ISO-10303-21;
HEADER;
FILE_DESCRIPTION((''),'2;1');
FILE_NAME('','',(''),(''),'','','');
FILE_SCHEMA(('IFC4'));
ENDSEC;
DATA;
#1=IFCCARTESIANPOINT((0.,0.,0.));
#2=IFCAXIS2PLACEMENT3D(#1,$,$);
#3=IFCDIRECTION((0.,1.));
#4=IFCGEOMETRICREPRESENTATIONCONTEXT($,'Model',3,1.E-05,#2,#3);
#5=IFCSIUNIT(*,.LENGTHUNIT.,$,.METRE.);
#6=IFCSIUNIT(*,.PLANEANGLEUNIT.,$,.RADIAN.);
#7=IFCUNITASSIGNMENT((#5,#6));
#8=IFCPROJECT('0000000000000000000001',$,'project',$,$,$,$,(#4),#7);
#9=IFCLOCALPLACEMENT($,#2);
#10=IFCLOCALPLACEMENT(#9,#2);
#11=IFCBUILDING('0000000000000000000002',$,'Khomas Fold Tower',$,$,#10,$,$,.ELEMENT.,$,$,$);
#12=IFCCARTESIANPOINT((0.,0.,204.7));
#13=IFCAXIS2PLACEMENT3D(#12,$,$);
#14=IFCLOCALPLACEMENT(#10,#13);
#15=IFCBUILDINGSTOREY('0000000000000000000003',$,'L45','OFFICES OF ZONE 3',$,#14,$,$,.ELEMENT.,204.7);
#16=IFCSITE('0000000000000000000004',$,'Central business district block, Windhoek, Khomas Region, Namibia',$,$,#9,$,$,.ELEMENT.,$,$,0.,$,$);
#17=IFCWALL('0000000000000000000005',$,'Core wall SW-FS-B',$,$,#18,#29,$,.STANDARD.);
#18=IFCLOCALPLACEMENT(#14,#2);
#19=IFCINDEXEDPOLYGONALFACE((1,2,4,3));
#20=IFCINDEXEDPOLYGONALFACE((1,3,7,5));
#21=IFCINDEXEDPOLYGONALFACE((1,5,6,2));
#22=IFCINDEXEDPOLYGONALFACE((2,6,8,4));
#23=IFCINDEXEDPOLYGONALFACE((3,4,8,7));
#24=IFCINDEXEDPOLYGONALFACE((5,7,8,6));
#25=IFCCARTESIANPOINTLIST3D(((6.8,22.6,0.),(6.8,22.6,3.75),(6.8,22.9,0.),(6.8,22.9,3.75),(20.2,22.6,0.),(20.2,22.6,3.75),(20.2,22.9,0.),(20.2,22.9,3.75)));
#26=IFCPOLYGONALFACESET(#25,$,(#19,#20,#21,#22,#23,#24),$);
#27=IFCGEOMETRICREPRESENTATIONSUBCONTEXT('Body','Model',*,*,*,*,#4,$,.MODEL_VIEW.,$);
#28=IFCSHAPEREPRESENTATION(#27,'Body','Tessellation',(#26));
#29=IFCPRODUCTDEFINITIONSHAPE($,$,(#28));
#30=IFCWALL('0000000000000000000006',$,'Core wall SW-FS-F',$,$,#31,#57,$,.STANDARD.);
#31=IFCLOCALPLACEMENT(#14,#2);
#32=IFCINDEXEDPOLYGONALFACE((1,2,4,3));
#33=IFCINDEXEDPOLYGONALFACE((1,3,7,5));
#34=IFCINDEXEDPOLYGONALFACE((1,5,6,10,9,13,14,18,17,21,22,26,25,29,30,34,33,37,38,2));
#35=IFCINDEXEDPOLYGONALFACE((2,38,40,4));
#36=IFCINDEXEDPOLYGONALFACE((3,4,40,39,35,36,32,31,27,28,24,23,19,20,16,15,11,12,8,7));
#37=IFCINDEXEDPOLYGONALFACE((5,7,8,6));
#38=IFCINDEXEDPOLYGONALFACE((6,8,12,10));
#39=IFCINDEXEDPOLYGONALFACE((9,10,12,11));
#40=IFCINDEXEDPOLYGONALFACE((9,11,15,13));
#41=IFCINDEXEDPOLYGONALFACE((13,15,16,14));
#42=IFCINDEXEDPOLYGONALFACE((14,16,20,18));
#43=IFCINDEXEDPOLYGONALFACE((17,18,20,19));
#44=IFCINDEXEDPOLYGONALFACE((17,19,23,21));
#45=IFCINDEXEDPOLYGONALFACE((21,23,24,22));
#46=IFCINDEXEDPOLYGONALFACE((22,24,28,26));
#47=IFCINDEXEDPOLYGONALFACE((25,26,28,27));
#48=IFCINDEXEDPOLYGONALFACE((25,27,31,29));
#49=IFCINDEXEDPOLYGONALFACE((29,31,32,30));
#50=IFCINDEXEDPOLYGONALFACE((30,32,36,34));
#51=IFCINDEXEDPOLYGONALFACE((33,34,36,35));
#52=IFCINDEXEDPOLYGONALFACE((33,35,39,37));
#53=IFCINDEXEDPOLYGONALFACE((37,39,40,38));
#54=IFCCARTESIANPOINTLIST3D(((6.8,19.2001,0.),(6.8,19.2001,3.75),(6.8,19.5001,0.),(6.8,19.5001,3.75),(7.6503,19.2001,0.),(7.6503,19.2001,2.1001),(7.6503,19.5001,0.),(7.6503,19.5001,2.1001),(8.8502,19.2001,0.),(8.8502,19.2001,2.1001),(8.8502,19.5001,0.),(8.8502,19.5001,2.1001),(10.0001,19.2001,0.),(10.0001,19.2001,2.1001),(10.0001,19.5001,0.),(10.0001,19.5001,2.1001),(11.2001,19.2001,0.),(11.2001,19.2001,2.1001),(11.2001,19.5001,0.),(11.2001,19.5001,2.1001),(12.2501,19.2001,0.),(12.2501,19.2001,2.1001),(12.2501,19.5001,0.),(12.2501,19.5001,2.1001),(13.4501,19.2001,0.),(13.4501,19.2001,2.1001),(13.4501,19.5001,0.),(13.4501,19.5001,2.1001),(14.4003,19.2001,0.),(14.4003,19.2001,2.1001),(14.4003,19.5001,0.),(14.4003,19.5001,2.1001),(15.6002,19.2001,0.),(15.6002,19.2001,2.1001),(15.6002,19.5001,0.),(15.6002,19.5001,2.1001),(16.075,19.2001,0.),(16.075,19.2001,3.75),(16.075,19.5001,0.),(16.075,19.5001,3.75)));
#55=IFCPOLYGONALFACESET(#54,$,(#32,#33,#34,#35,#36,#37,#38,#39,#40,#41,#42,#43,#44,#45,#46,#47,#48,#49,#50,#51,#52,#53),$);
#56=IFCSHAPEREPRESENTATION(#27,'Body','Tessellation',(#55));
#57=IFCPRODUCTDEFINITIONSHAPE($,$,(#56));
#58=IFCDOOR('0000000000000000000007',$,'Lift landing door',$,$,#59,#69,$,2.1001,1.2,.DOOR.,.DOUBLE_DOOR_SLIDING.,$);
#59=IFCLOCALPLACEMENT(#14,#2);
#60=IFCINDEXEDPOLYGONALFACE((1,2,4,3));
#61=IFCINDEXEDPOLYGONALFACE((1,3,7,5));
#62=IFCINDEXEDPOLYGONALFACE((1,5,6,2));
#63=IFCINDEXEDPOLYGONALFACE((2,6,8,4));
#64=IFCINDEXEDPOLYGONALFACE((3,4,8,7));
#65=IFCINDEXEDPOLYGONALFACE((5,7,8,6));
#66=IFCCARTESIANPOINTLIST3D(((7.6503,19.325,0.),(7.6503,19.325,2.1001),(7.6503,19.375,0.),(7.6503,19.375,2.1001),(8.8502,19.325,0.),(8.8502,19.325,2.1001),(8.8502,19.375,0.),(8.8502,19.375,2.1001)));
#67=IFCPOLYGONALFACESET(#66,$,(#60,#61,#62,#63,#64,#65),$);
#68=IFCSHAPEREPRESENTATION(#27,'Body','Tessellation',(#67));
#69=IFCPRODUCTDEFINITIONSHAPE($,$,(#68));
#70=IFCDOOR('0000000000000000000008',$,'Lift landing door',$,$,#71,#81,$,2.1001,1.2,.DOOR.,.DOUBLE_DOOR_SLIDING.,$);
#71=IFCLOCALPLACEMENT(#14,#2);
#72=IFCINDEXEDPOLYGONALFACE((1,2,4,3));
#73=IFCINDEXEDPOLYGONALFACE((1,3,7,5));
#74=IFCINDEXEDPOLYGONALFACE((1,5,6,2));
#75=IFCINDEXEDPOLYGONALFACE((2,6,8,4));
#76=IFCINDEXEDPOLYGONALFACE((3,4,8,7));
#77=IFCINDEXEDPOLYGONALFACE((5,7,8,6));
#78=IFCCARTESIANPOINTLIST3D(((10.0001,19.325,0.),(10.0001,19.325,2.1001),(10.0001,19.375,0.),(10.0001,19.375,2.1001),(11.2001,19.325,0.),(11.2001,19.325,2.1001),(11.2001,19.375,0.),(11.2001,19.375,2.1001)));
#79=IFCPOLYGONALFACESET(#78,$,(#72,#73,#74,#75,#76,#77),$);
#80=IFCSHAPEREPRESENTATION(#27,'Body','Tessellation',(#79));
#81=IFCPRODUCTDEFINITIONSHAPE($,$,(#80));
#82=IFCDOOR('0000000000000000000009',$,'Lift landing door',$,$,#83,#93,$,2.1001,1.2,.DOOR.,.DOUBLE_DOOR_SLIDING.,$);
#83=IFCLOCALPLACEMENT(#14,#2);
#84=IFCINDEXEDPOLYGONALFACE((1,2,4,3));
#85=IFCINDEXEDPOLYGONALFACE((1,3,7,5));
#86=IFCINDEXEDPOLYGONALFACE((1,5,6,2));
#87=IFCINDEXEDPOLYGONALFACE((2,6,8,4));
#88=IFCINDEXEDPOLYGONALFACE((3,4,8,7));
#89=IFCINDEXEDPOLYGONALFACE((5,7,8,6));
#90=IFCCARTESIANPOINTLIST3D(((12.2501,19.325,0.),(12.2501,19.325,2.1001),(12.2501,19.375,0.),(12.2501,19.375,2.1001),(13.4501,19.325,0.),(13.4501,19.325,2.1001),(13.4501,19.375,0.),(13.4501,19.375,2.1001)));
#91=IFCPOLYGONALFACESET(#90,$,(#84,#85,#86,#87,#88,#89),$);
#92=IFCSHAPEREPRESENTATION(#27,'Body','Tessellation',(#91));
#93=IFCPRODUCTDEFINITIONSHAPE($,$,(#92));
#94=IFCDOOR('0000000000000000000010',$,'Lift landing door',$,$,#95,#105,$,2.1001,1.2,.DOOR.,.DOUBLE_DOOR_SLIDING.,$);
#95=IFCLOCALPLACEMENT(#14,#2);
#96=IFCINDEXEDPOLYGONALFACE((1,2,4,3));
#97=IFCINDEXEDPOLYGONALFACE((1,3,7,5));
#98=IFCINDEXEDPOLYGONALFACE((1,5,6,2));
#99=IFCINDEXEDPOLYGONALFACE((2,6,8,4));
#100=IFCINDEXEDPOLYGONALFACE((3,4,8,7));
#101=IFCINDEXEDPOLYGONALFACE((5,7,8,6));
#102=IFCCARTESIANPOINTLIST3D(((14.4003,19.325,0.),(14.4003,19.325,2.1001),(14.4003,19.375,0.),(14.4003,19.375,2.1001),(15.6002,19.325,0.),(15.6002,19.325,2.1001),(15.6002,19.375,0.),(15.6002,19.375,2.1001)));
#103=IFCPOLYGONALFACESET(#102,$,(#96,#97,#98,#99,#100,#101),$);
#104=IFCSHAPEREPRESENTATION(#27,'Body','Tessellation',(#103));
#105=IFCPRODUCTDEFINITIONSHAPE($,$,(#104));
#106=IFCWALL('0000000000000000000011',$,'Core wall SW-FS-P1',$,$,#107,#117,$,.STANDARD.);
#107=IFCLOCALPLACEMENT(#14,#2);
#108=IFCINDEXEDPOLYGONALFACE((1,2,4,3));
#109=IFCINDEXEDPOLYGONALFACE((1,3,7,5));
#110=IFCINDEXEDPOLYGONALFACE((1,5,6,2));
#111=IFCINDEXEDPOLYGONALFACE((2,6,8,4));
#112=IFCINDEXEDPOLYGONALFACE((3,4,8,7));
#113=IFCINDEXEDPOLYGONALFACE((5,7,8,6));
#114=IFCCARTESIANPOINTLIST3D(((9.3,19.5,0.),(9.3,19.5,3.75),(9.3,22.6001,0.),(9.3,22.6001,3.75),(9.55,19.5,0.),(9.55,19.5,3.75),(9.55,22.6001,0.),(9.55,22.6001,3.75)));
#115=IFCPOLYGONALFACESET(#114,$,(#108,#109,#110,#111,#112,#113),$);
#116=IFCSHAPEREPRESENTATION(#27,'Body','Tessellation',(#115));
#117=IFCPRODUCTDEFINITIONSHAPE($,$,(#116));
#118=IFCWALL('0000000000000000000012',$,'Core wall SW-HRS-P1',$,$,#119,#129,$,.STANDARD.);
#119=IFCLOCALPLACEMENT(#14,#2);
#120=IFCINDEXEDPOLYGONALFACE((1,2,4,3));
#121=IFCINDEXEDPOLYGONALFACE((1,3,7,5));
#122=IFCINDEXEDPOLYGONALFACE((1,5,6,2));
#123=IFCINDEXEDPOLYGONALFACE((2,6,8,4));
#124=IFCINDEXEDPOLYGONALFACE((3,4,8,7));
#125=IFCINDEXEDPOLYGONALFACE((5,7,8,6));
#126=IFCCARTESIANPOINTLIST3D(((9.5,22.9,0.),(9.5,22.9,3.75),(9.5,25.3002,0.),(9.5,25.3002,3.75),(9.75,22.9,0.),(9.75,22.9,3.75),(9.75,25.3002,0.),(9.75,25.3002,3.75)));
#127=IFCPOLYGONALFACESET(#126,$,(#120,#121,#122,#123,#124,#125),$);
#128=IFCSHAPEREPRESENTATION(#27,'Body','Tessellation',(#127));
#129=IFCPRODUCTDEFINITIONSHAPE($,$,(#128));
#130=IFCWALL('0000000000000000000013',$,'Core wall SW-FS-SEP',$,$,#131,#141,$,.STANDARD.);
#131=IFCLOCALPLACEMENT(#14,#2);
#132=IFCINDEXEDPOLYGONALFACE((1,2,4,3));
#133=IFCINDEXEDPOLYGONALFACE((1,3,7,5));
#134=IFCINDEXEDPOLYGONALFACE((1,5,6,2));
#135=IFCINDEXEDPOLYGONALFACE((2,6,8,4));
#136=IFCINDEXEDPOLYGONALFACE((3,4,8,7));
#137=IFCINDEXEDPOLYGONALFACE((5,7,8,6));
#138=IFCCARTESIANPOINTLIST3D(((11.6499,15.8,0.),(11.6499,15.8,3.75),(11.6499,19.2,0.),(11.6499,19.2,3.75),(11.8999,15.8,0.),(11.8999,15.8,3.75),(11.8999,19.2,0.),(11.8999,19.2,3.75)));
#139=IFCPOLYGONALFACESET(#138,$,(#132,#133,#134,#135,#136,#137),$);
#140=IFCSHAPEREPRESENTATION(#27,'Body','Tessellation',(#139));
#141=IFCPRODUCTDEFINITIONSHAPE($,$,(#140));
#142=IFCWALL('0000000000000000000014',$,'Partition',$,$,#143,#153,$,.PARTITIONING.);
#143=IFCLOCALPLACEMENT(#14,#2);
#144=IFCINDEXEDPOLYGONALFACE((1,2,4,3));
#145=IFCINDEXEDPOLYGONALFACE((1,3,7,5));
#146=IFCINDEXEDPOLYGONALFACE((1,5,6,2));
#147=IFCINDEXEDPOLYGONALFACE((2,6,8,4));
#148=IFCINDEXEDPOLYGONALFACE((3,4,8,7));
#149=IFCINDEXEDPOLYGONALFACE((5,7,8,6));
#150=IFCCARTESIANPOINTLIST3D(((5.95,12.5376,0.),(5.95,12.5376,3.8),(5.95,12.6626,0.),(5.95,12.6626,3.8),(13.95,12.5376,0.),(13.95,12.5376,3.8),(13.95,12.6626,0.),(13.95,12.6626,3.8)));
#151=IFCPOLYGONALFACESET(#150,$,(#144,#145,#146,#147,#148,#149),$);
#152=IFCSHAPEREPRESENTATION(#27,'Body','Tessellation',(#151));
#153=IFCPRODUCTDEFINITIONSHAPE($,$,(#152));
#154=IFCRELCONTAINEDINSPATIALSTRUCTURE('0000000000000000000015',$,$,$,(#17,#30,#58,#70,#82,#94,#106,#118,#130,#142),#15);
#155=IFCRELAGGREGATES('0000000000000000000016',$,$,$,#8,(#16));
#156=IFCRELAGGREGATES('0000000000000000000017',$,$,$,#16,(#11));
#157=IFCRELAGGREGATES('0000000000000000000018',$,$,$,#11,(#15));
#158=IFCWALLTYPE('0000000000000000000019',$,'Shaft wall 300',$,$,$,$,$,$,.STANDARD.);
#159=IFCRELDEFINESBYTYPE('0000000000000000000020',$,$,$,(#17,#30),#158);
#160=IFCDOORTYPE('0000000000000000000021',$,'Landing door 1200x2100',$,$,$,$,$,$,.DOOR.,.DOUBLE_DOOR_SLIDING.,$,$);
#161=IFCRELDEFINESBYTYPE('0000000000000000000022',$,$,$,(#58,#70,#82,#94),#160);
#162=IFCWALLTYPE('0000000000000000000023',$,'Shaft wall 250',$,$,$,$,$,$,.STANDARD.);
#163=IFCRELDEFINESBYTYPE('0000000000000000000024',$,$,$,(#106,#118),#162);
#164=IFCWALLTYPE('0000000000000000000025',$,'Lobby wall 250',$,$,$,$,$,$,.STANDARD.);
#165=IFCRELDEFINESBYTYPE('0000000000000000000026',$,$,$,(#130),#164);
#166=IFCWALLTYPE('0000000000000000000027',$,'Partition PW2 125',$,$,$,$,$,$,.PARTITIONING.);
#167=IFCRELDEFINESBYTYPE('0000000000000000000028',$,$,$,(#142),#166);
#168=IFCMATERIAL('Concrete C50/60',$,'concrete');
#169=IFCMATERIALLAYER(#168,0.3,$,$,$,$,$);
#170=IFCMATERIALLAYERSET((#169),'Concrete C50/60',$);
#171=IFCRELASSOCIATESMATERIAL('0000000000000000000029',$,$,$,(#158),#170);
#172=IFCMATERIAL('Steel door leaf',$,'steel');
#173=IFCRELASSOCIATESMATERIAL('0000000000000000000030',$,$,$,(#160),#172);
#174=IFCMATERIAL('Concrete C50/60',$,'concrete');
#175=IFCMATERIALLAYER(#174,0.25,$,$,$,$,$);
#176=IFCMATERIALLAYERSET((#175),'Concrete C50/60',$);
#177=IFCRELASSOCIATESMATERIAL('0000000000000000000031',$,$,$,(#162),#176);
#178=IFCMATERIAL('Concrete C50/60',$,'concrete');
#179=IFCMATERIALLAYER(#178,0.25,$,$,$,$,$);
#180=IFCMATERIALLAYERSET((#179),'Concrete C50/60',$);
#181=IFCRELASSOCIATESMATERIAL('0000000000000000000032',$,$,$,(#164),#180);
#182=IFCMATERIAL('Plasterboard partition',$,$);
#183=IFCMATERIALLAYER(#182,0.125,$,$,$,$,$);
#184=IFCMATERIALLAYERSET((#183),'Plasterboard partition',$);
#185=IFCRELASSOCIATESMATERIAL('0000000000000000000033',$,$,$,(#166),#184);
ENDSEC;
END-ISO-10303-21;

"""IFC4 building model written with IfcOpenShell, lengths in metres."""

from ifc_helpers import new_model, si_unit, direction, frame, frame_2d, origin, place, context, subcontext, project, spatial, rectangle, extrude, source, transform, mapped, material, layer, layer_set, type_object, element, fill, save


model = new_model("IFC4")

# Units and contexts
model_context = context("Model", 3, precision=1e-05, world=origin(), true_north=direction((0.0, 1.0)))
body_context = subcontext(model_context, "Body", "Model", "MODEL_VIEW")
ifc_project = project(units=[si_unit("LENGTHUNIT", "METRE"), si_unit("PLANEANGLEUNIT", "RADIAN")], contexts=[model_context])

# Site, building, storey
site_placement = place(None, origin())
site = spatial("IfcSite", under=ifc_project, at=site_placement, Name="Central business district block, Windhoek, Khomas Region, Namibia", CompositionType="ELEMENT", RefElevation=0.0)
building_placement = place(site_placement, origin())
building = spatial("IfcBuilding", under=site, at=building_placement, Name="Khomas Fold Tower", CompositionType="ELEMENT")
storey_placement = place(building_placement, frame((0.0, 0.0, 204.7)))
storey = spatial("IfcBuildingStorey", under=building, at=storey_placement, Name="L45", Description="OFFICES OF ZONE 3", CompositionType="ELEMENT", Elevation=204.7)

# Wall
ifc_material_1 = material(Name="Concrete C50/60", Category="concrete")
ifc_layer_1 = layer(ifc_material_1, 0.3)
ifc_layer_set_1 = layer_set([ifc_layer_1], Name="Concrete C50/60")
wall_type_1 = type_object("IfcWallType", Name="Shaft wall 300", PredefinedType="STANDARD", material=ifc_layer_set_1)
shared_shape_1 = source(origin(), body_context, "Body", "SweptSolid", [
    extrude(rectangle(XDim=13.3999, YDim=0.3, at=frame_2d((6.7, 0.0))), origin(), (0.0, 0.0, 1.0), 3.75),
])
wall_1_placement = place(storey_placement, frame((6.8, 22.75, 0.0), z_axis=(0.0, 0.0, 1.0), x_axis=(1.0, 0.0, 0.0)))
element("IfcWall", 1, at=wall_1_placement, inside=storey, type_object=wall_type_1, Name="Core wall SW-FS-B", PredefinedType="STANDARD", context=body_context, shape_type="MappedRepresentation", body=[
    mapped(shared_shape_1, transform((0.0, 0.0, 0.0))),
])

# Wall, openings, doors
shared_shape_2 = source(origin(), body_context, "Body", "SweptSolid", [
    extrude(rectangle(XDim=9.2749, YDim=0.3, at=frame_2d((4.6375, 0.0))), origin(), (0.0, 0.0, 1.0), 3.75),
])
wall_2_placement = place(storey_placement, frame((6.8, 19.3501, 0.0), z_axis=(0.0, 0.0, 1.0), x_axis=(1.0, 0.0, 0.0)))
wall_2 = element("IfcWall", 2, at=wall_2_placement, inside=storey, type_object=wall_type_1, Name="Core wall SW-FS-F", PredefinedType="STANDARD", context=body_context, shape_type="MappedRepresentation", body=[
    mapped(shared_shape_2, transform((0.0, 0.0, 0.0))),
])
shared_shape_3 = source(origin(), body_context, "Body", "SweptSolid", [
    extrude(rectangle(XDim=1.2, YDim=2.1001, at=frame_2d((0.6001, 1.05))), frame((0.0, 0.1599, 0.0), z_axis=(0.0, -1.0, 0.0), x_axis=(1.0, 0.0, 0.0)), (0.0, 0.0, 1.0), 0.3201),
])
opening_1_placement = place(wall_2_placement, frame((0.8501, 0.0, 0.0)))
opening_1 = element("IfcOpeningElement", 3, at=opening_1_placement, cuts=wall_2, PredefinedType="OPENING", context=body_context, shape_type="MappedRepresentation", body=[
    mapped(shared_shape_3, transform((0.0, 0.0, 0.0))),
])
opening_2_placement = place(wall_2_placement, frame((3.2, 0.0, 0.0)))
opening_2 = element("IfcOpeningElement", 4, at=opening_2_placement, cuts=wall_2, PredefinedType="OPENING", context=body_context, shape_type="MappedRepresentation", body=[
    mapped(shared_shape_3, transform((0.0, 0.0, 0.0))),
])
opening_3_placement = place(wall_2_placement, frame((5.45, 0.0, 0.0)))
opening_3 = element("IfcOpeningElement", 5, at=opening_3_placement, cuts=wall_2, PredefinedType="OPENING", context=body_context, shape_type="MappedRepresentation", body=[
    mapped(shared_shape_3, transform((0.0, 0.0, 0.0))),
])
opening_4_placement = place(wall_2_placement, frame((7.6001, 0.0, 0.0)))
opening_4 = element("IfcOpeningElement", 6, at=opening_4_placement, cuts=wall_2, PredefinedType="OPENING", context=body_context, shape_type="MappedRepresentation", body=[
    mapped(shared_shape_3, transform((0.0, 0.0, 0.0))),
])
ifc_material_2 = material(Name="Steel door leaf", Category="steel")
door_type_1 = type_object("IfcDoorType", Name="Landing door 1200x2100", OperationType="DOUBLE_DOOR_SLIDING", PredefinedType="DOOR", material=ifc_material_2)
shared_shape_4 = source(origin(), body_context, "Body", "SweptSolid", [
    extrude(rectangle(XDim=1.2, YDim=2.1001, at=frame_2d((0.6001, 1.05))), frame((0.0, 0.0249, 0.0), z_axis=(0.0, -1.0, 0.0), x_axis=(1.0, 0.0, 0.0)), (0.0, 0.0, 1.0), 0.05),
])
door_1_placement = place(opening_1_placement, origin())
door_1 = element("IfcDoor", 7, at=door_1_placement, inside=storey, type_object=door_type_1, Name="Lift landing door", OperationType="DOUBLE_DOOR_SLIDING", OverallHeight=2.1001, OverallWidth=1.2, PredefinedType="DOOR", context=body_context, shape_type="MappedRepresentation", body=[
    mapped(shared_shape_4, transform((0.0, 0.0, 0.0))),
])
fill(opening_1, door_1)
door_2_placement = place(opening_2_placement, origin())
door_2 = element("IfcDoor", 8, at=door_2_placement, inside=storey, type_object=door_type_1, Name="Lift landing door", OperationType="DOUBLE_DOOR_SLIDING", OverallHeight=2.1001, OverallWidth=1.2, PredefinedType="DOOR", context=body_context, shape_type="MappedRepresentation", body=[
    mapped(shared_shape_4, transform((0.0, 0.0, 0.0))),
])
fill(opening_2, door_2)
door_3_placement = place(opening_3_placement, origin())
door_3 = element("IfcDoor", 9, at=door_3_placement, inside=storey, type_object=door_type_1, Name="Lift landing door", OperationType="DOUBLE_DOOR_SLIDING", OverallHeight=2.1001, OverallWidth=1.2, PredefinedType="DOOR", context=body_context, shape_type="MappedRepresentation", body=[
    mapped(shared_shape_4, transform((0.0, 0.0, 0.0))),
])
fill(opening_3, door_3)
door_4_placement = place(opening_4_placement, origin())
door_4 = element("IfcDoor", 10, at=door_4_placement, inside=storey, type_object=door_type_1, Name="Lift landing door", OperationType="DOUBLE_DOOR_SLIDING", OverallHeight=2.1001, OverallWidth=1.2, PredefinedType="DOOR", context=body_context, shape_type="MappedRepresentation", body=[
    mapped(shared_shape_4, transform((0.0, 0.0, 0.0))),
])
fill(opening_4, door_4)

# Walls
ifc_material_3 = material(Name="Concrete C50/60", Category="concrete")
ifc_layer_2 = layer(ifc_material_3, 0.25)
ifc_layer_set_2 = layer_set([ifc_layer_2], Name="Concrete C50/60")
wall_type_2 = type_object("IfcWallType", Name="Shaft wall 250", PredefinedType="STANDARD", material=ifc_layer_set_2)
shared_shape_5 = source(origin(), body_context, "Body", "SweptSolid", [
    extrude(rectangle(XDim=3.1001, YDim=0.25, at=frame_2d((1.55, 0.0))), origin(), (0.0, 0.0, 1.0), 3.75),
])
wall_3_placement = place(storey_placement, frame((9.425, 19.5, 0.0), z_axis=(0.0, 0.0, 1.0), x_axis=(0.0, 1.0, 0.0)))
element("IfcWall", 11, at=wall_3_placement, inside=storey, type_object=wall_type_2, Name="Core wall SW-FS-P1", PredefinedType="STANDARD", context=body_context, shape_type="MappedRepresentation", body=[
    mapped(shared_shape_5, transform((0.0, 0.0, 0.0))),
])
shared_shape_6 = source(origin(), body_context, "Body", "SweptSolid", [
    extrude(rectangle(XDim=2.4001, YDim=0.25, at=frame_2d((1.2002, 0.0))), origin(), (0.0, 0.0, 1.0), 3.75),
])
wall_4_placement = place(storey_placement, frame((9.625, 22.8999, 0.0), z_axis=(0.0, 0.0, 1.0), x_axis=(0.0, 1.0, 0.0)))
element("IfcWall", 12, at=wall_4_placement, inside=storey, type_object=wall_type_2, Name="Core wall SW-HRS-P1", PredefinedType="STANDARD", context=body_context, shape_type="MappedRepresentation", body=[
    mapped(shared_shape_6, transform((0.0, 0.0, 0.0))),
])
ifc_material_4 = material(Name="Concrete C50/60", Category="concrete")
ifc_layer_3 = layer(ifc_material_4, 0.25)
ifc_layer_set_3 = layer_set([ifc_layer_3], Name="Concrete C50/60")
wall_type_3 = type_object("IfcWallType", Name="Lobby wall 250", PredefinedType="STANDARD", material=ifc_layer_set_3)
shared_shape_7 = source(origin(), body_context, "Body", "SweptSolid", [
    extrude(rectangle(XDim=3.3999, YDim=0.25, at=frame_2d((1.7, 0.0))), origin(), (0.0, 0.0, 1.0), 3.75),
])
wall_5_placement = place(storey_placement, frame((11.7749, 15.8, 0.0), z_axis=(0.0, 0.0, 1.0), x_axis=(0.0, 1.0, 0.0)))
element("IfcWall", 13, at=wall_5_placement, inside=storey, type_object=wall_type_3, Name="Core wall SW-FS-SEP", PredefinedType="STANDARD", context=body_context, shape_type="MappedRepresentation", body=[
    mapped(shared_shape_7, transform((0.0, 0.0, 0.0))),
])
ifc_material_5 = material(Name="Plasterboard partition")
ifc_layer_4 = layer(ifc_material_5, 0.125)
ifc_layer_set_4 = layer_set([ifc_layer_4], Name="Plasterboard partition")
wall_type_4 = type_object("IfcWallType", Name="Partition PW2 125", PredefinedType="PARTITIONING", material=ifc_layer_set_4)
shared_shape_8 = source(origin(), body_context, "Body", "SweptSolid", [
    extrude(rectangle(XDim=8.0, YDim=0.125, at=frame_2d((4.0, 0.0))), origin(), (0.0, 0.0, 1.0), 3.8),
])
wall_6_placement = place(storey_placement, frame((5.95, 12.6001, 0.0), z_axis=(0.0, 0.0, 1.0), x_axis=(1.0, 0.0, 0.0)))
element("IfcWall", 14, at=wall_6_placement, inside=storey, type_object=wall_type_4, Name="Partition", PredefinedType="PARTITIONING", context=body_context, shape_type="MappedRepresentation", body=[
    mapped(shared_shape_8, transform((0.0, 0.0, 0.0))),
])

save(model, "model.ifc")
